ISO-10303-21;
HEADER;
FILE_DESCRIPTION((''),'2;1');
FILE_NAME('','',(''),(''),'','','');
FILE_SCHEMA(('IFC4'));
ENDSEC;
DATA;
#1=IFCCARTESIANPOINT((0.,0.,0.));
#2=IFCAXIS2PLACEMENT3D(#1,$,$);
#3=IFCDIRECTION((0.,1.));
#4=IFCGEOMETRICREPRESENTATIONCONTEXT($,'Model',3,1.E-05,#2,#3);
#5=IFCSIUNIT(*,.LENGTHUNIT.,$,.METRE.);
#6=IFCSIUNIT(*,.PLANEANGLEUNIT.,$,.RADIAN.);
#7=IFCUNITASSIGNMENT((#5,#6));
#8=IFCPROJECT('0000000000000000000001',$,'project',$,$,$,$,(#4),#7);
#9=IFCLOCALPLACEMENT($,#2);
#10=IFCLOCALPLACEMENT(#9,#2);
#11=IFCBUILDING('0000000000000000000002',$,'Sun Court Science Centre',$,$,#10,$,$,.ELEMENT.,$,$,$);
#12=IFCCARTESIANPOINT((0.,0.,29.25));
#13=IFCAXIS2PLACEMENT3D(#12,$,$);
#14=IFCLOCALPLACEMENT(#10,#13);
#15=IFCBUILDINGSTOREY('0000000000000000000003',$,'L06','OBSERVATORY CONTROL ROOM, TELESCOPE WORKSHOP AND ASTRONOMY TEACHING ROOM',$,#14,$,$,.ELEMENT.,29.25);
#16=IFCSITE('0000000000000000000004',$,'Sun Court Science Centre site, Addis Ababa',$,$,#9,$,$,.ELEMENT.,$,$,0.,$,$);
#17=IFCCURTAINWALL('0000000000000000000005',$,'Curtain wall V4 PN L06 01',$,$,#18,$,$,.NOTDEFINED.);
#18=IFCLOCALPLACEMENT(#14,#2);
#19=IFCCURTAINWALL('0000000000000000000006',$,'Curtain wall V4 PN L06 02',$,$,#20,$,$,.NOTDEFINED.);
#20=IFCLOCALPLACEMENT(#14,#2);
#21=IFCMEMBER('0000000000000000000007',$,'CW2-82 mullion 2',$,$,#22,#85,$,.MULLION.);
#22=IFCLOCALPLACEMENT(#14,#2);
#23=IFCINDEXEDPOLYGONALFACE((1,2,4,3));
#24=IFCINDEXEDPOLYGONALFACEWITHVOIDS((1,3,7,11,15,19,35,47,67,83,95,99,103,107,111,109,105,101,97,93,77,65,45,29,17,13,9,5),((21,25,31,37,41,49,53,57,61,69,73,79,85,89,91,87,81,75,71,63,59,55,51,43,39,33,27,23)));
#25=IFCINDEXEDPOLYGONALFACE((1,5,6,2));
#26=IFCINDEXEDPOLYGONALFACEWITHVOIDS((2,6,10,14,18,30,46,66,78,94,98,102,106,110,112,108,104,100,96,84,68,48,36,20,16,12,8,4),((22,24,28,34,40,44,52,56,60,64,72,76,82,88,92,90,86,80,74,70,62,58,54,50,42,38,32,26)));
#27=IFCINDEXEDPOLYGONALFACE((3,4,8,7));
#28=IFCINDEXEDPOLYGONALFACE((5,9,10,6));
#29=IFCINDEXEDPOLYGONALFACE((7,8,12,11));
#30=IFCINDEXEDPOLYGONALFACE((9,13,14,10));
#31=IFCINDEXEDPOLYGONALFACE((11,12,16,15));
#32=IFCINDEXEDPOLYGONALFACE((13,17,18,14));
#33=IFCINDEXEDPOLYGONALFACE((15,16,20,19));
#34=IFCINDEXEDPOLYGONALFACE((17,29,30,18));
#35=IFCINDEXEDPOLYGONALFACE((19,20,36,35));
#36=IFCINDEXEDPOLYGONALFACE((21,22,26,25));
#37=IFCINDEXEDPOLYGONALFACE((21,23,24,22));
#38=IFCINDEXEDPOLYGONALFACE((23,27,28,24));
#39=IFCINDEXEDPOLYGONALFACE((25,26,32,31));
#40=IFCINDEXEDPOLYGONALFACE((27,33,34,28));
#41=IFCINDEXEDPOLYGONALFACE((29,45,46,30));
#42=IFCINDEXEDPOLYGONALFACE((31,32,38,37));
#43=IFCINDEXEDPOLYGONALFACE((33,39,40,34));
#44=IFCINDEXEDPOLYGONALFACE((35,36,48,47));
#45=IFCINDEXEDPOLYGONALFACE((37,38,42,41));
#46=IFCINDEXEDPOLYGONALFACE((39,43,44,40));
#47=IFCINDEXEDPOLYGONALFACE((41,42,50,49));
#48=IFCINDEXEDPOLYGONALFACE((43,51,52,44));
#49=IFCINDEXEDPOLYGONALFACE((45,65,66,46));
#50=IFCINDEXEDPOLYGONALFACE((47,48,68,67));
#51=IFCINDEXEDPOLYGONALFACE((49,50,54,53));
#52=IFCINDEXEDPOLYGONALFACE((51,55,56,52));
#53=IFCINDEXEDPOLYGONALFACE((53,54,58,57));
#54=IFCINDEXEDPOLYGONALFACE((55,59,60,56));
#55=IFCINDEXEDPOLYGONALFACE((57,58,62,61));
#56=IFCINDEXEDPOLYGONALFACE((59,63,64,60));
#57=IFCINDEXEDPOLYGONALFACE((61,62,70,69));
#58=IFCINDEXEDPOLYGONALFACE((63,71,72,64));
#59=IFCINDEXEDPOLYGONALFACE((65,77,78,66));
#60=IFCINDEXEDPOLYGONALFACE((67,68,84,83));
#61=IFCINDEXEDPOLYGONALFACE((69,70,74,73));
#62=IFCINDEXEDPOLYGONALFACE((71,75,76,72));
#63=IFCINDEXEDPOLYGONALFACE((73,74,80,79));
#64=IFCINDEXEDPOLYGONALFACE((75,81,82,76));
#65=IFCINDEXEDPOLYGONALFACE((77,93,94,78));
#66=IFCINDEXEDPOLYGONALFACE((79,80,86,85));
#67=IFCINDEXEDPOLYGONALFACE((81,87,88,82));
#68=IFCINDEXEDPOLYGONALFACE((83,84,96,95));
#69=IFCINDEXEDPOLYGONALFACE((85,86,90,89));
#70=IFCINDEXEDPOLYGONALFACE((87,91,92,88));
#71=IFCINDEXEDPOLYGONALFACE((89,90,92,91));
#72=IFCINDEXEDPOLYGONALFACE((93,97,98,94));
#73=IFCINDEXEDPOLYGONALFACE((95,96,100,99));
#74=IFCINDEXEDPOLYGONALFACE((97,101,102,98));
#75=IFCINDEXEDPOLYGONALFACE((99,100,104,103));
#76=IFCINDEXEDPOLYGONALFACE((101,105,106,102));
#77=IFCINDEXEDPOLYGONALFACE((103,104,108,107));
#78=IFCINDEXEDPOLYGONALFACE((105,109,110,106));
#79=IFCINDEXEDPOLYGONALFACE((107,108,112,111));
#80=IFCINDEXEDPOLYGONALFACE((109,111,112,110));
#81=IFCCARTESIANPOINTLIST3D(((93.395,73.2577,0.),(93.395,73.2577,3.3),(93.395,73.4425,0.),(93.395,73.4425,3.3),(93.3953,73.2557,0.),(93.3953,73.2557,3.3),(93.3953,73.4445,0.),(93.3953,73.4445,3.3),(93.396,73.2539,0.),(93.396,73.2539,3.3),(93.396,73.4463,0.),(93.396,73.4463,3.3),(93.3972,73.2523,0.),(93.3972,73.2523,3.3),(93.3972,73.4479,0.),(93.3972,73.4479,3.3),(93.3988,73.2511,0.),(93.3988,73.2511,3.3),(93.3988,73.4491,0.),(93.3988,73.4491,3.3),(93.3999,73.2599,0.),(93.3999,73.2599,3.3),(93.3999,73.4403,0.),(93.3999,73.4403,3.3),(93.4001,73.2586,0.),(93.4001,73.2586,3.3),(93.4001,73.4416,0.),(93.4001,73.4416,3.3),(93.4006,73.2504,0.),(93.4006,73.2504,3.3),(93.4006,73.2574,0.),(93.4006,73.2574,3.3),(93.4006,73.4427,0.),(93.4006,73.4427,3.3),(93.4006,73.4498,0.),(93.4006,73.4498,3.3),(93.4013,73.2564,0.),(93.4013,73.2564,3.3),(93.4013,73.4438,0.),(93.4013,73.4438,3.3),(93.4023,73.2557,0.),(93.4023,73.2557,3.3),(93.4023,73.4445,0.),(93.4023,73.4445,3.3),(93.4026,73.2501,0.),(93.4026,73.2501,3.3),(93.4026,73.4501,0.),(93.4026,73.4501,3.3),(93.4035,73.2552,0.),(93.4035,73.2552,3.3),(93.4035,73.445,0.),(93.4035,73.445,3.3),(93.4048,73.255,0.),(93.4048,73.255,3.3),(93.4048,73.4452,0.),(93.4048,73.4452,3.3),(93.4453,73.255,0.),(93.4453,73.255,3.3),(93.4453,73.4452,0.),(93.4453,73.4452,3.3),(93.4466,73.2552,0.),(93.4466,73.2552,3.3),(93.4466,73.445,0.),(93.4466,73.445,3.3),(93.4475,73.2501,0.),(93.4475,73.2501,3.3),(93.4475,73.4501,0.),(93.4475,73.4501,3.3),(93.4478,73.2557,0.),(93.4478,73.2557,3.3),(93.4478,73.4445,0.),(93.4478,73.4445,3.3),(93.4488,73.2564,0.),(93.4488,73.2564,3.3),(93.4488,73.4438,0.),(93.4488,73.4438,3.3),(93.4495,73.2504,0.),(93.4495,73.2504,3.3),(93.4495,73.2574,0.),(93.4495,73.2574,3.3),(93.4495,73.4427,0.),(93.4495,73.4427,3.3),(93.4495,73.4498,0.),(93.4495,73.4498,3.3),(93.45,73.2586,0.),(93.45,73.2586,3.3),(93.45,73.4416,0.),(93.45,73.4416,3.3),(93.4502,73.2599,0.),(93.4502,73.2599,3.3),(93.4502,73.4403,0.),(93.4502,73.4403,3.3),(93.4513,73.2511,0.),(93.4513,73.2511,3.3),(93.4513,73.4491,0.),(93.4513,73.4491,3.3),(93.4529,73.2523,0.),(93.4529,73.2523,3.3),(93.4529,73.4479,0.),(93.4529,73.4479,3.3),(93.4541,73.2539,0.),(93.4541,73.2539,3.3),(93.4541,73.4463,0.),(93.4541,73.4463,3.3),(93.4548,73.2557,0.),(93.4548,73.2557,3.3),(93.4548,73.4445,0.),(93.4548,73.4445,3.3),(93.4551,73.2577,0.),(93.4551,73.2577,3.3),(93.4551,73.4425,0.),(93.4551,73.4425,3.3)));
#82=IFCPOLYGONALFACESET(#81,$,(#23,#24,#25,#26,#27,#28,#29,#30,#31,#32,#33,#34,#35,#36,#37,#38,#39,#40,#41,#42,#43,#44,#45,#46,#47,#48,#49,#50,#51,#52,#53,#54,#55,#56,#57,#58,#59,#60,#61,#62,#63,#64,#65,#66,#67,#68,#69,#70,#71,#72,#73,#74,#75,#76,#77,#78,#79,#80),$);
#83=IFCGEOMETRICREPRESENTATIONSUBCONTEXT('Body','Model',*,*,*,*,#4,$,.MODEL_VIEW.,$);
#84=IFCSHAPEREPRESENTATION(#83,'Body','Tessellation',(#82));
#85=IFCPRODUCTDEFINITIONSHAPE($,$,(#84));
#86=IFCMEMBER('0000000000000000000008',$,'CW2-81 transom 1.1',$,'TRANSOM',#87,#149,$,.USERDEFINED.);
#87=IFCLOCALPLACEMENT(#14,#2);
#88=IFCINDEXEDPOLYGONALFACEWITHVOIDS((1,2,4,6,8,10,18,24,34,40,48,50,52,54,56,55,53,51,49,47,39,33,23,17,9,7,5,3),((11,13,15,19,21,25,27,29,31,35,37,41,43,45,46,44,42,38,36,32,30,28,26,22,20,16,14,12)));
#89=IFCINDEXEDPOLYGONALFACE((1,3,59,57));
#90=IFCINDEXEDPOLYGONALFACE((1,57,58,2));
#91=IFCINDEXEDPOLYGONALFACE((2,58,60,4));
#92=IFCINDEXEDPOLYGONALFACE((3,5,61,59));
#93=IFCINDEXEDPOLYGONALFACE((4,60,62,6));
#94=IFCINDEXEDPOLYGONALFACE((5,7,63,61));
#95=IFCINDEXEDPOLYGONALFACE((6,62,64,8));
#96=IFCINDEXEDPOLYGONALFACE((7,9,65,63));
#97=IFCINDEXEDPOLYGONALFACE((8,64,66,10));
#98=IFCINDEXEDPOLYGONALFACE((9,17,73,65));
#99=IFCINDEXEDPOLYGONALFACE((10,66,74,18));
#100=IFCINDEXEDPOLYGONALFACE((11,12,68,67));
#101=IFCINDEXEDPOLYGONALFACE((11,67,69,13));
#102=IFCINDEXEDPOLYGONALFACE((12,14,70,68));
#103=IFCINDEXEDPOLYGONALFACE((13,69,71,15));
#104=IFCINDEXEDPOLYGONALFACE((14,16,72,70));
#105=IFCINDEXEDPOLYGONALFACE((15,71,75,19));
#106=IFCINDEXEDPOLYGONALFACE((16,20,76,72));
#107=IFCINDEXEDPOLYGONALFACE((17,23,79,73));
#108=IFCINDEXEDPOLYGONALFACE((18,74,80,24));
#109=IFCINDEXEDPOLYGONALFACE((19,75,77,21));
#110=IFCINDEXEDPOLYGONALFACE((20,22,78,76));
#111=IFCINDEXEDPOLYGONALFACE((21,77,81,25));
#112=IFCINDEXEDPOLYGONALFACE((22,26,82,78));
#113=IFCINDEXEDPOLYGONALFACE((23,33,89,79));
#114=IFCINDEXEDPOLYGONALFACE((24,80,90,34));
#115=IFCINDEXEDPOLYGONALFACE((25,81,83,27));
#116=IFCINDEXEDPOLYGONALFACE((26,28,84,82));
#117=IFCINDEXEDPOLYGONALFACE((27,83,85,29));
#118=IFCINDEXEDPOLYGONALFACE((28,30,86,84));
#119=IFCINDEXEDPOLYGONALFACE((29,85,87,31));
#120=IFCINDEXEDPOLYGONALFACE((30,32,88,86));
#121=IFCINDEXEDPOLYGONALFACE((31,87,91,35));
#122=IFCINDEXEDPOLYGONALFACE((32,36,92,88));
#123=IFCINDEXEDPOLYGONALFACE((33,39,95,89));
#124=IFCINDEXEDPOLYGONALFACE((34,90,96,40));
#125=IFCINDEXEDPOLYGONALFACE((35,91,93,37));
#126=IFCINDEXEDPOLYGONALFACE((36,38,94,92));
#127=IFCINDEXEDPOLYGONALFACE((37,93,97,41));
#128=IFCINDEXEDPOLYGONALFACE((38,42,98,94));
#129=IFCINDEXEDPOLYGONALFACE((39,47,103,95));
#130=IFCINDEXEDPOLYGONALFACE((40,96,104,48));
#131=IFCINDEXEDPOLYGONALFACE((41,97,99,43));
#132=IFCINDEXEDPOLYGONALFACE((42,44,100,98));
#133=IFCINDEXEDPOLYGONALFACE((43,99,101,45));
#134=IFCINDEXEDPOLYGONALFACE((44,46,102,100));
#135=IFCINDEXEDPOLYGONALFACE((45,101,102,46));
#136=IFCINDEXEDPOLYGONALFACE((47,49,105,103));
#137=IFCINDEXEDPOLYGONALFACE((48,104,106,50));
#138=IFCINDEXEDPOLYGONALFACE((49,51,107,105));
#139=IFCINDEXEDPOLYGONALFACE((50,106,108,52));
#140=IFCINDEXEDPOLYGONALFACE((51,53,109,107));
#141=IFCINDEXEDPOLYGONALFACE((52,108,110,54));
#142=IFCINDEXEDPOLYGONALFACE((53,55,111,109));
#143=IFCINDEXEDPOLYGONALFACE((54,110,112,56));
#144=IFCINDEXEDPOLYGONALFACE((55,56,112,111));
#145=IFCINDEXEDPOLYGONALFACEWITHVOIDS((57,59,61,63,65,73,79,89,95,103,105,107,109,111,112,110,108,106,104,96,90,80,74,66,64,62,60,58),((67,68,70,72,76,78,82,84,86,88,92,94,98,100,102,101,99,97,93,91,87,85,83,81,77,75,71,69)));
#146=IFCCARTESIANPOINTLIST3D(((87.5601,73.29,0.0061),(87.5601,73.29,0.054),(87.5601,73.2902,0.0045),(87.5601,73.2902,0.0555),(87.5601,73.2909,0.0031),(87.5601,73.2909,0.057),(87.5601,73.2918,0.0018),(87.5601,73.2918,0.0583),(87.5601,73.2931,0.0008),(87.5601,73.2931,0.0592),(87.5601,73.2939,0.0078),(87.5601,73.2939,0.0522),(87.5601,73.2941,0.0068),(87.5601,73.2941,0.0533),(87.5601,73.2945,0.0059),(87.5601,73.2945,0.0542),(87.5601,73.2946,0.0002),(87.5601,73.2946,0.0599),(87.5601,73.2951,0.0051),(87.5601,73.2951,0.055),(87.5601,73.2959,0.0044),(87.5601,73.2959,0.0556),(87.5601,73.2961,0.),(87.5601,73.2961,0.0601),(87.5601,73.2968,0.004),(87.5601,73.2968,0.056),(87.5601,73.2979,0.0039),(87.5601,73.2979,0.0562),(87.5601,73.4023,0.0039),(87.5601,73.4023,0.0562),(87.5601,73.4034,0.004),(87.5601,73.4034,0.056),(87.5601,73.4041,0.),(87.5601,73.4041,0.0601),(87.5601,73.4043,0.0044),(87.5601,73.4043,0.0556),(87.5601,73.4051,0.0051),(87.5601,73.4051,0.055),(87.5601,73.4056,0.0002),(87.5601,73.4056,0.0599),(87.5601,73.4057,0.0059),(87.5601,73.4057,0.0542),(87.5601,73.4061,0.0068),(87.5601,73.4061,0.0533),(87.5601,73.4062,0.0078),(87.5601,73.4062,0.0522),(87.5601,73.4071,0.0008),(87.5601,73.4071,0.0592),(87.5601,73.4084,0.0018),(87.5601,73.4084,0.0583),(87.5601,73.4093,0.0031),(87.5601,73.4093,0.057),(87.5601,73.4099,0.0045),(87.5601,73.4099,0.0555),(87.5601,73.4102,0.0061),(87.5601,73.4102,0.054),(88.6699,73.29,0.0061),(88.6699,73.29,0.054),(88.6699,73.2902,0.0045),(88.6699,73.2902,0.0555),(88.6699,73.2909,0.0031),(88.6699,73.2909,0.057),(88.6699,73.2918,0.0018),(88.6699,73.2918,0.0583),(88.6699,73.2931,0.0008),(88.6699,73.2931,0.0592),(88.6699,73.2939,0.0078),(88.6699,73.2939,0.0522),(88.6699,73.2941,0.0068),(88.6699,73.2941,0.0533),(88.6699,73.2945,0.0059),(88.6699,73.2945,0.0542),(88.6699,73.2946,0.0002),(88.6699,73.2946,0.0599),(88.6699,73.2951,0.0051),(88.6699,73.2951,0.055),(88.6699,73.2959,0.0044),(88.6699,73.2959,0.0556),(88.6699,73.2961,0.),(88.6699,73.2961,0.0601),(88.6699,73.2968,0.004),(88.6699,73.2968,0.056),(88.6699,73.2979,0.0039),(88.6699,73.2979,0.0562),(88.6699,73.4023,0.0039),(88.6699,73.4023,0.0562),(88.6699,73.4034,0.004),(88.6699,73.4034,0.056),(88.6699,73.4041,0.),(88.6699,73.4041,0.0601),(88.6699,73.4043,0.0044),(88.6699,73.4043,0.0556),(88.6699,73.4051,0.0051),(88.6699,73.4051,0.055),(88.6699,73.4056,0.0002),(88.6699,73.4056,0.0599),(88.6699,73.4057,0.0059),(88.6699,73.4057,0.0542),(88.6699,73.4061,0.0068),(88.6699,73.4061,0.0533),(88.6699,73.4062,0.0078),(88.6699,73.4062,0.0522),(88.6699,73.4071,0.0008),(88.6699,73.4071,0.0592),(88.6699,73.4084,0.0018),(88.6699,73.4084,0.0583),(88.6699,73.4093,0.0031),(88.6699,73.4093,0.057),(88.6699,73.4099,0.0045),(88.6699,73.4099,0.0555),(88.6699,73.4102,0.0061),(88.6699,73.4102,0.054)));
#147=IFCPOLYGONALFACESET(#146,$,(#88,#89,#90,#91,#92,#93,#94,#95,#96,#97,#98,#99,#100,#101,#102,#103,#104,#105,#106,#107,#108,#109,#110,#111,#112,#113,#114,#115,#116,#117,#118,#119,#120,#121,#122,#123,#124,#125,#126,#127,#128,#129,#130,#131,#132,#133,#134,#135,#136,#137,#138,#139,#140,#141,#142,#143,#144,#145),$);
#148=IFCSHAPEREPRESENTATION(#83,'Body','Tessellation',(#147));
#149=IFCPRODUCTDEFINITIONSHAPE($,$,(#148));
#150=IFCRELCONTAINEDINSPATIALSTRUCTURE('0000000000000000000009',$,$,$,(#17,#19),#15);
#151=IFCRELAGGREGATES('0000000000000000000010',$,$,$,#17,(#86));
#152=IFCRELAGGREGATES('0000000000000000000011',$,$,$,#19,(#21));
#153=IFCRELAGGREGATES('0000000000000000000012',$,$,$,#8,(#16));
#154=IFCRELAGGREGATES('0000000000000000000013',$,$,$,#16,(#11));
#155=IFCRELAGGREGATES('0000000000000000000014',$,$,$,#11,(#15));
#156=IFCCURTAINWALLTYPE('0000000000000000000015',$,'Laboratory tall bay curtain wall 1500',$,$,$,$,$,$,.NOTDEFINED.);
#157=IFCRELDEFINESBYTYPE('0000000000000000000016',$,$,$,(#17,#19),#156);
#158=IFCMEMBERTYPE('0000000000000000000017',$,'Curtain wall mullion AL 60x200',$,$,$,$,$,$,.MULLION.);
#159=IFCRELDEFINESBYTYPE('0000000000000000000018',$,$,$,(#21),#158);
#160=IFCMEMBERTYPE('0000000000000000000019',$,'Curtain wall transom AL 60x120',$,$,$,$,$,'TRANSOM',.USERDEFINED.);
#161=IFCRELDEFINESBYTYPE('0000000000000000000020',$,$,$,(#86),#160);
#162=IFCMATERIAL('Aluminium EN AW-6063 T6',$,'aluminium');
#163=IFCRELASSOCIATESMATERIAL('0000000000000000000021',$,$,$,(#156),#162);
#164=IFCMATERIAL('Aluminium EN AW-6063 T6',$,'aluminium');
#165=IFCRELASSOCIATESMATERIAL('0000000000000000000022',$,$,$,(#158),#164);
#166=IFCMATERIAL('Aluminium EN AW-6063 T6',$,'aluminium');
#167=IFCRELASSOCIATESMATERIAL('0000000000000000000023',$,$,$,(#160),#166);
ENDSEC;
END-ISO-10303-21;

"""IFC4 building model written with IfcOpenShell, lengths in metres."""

from ifc_helpers import new_model, si_unit, direction, frame, origin, origin_2d, place, context, subcontext, project, spatial, hollow_rectangle, extrude, material, material_profile, profile_set, type_object, element, aggregate, save


model = new_model("IFC4")

# Units and contexts
model_context = context("Model", 3, precision=1e-05, world=origin(), true_north=direction((0.0, 1.0)))
body_context = subcontext(model_context, "Body", "Model", "MODEL_VIEW")
ifc_project = project(units=[si_unit("LENGTHUNIT", "METRE"), si_unit("PLANEANGLEUNIT", "RADIAN")], contexts=[model_context])

# Site, building, storey
site_placement = place(None, origin())
site = spatial("IfcSite", under=ifc_project, at=site_placement, Name="Sun Court Science Centre site, Addis Ababa", CompositionType="ELEMENT", RefElevation=0.0)
building_placement = place(site_placement, origin())
building = spatial("IfcBuilding", under=site, at=building_placement, Name="Sun Court Science Centre", CompositionType="ELEMENT")
storey_placement = place(building_placement, frame((0.0, 0.0, 29.25)))
storey = spatial("IfcBuildingStorey", under=building, at=storey_placement, Name="L06", Description="OBSERVATORY CONTROL ROOM, TELESCOPE WORKSHOP AND ASTRONOMY TEACHING ROOM", CompositionType="ELEMENT", Elevation=29.25)

# Curtain walls, member
ifc_material_1 = material(Name="Aluminium EN AW-6063 T6", Category="aluminium")
curtain_wall_type = type_object("IfcCurtainWallType", Name="Laboratory tall bay curtain wall 1500", PredefinedType="NOTDEFINED", material=ifc_material_1)
curtain_wall_1_placement = place(storey_placement, origin())
curtain_wall_1 = element("IfcCurtainWall", 1, at=curtain_wall_1_placement, inside=storey, type_object=curtain_wall_type, Name="Curtain wall V4 PN L06 01", PredefinedType="NOTDEFINED")
ifc_material_2 = material(Name="Aluminium EN AW-6063 T6", Category="aluminium")
ifc_material_profile_1 = material_profile(ifc_material_2, hollow_rectangle(XDim=0.0601, YDim=0.2, WallThickness=0.0049, InnerFilletRadius=0.0049, OuterFilletRadius=0.0076, at=origin_2d()), Name="AL 60x200x5")
ifc_profile_set_1 = profile_set([ifc_material_profile_1], Name="Aluminium EN AW-6063 T6")
member_type_1 = type_object("IfcMemberType", Name="Curtain wall mullion AL 60x200", PredefinedType="MULLION", material=ifc_profile_set_1)
curtain_wall_2_placement = place(storey_placement, origin())
curtain_wall_2 = element("IfcCurtainWall", 2, at=curtain_wall_2_placement, inside=storey, type_object=curtain_wall_type, Name="Curtain wall V4 PN L06 02", PredefinedType="NOTDEFINED")
member_1_placement = place(storey_placement, frame((93.425, 73.3501, 0.0), z_axis=(0.0, 0.0, 1.0), x_axis=(1.0, 0.0, 0.0)))
member_1 = element("IfcMember", 3, at=member_1_placement, type_object=member_type_1, Name="CW2-82 mullion 2", PredefinedType="MULLION", context=body_context, shape_type="SweptSolid", body=[
    extrude(hollow_rectangle(XDim=0.0601, YDim=0.2, WallThickness=0.0049, InnerFilletRadius=0.0049, OuterFilletRadius=0.0076, at=origin_2d()), origin(), (0.0, 0.0, 1.0), 3.3),
])

# Member
ifc_material_3 = material(Name="Aluminium EN AW-6063 T6", Category="aluminium")
ifc_material_profile_2 = material_profile(ifc_material_3, hollow_rectangle(XDim=0.0601, YDim=0.1201, WallThickness=0.0039, InnerFilletRadius=0.0039, OuterFilletRadius=0.0061, at=origin_2d()), Name="AL 60x120x4")
ifc_profile_set_2 = profile_set([ifc_material_profile_2], Name="Aluminium EN AW-6063 T6")
member_type_2 = type_object("IfcMemberType", Name="Curtain wall transom AL 60x120", ElementType="TRANSOM", PredefinedType="USERDEFINED", material=ifc_profile_set_2)
member_2_placement = place(storey_placement, frame((87.5601, 73.3501, 0.03), z_axis=(1.0, 0.0, 0.0), x_axis=(0.0, 0.0, 1.0)))
member_2 = element("IfcMember", 4, at=member_2_placement, type_object=member_type_2, Name="CW2-81 transom 1.1", ObjectType="TRANSOM", PredefinedType="USERDEFINED", context=body_context, shape_type="SweptSolid", body=[
    extrude(hollow_rectangle(XDim=0.0601, YDim=0.1201, WallThickness=0.0039, InnerFilletRadius=0.0039, OuterFilletRadius=0.0061, at=origin_2d()), origin(), (0.0, 0.0, 1.0), 1.1099),
])

aggregate(curtain_wall_1, [member_2])
aggregate(curtain_wall_2, [member_1])

save(model, "model.ifc")
